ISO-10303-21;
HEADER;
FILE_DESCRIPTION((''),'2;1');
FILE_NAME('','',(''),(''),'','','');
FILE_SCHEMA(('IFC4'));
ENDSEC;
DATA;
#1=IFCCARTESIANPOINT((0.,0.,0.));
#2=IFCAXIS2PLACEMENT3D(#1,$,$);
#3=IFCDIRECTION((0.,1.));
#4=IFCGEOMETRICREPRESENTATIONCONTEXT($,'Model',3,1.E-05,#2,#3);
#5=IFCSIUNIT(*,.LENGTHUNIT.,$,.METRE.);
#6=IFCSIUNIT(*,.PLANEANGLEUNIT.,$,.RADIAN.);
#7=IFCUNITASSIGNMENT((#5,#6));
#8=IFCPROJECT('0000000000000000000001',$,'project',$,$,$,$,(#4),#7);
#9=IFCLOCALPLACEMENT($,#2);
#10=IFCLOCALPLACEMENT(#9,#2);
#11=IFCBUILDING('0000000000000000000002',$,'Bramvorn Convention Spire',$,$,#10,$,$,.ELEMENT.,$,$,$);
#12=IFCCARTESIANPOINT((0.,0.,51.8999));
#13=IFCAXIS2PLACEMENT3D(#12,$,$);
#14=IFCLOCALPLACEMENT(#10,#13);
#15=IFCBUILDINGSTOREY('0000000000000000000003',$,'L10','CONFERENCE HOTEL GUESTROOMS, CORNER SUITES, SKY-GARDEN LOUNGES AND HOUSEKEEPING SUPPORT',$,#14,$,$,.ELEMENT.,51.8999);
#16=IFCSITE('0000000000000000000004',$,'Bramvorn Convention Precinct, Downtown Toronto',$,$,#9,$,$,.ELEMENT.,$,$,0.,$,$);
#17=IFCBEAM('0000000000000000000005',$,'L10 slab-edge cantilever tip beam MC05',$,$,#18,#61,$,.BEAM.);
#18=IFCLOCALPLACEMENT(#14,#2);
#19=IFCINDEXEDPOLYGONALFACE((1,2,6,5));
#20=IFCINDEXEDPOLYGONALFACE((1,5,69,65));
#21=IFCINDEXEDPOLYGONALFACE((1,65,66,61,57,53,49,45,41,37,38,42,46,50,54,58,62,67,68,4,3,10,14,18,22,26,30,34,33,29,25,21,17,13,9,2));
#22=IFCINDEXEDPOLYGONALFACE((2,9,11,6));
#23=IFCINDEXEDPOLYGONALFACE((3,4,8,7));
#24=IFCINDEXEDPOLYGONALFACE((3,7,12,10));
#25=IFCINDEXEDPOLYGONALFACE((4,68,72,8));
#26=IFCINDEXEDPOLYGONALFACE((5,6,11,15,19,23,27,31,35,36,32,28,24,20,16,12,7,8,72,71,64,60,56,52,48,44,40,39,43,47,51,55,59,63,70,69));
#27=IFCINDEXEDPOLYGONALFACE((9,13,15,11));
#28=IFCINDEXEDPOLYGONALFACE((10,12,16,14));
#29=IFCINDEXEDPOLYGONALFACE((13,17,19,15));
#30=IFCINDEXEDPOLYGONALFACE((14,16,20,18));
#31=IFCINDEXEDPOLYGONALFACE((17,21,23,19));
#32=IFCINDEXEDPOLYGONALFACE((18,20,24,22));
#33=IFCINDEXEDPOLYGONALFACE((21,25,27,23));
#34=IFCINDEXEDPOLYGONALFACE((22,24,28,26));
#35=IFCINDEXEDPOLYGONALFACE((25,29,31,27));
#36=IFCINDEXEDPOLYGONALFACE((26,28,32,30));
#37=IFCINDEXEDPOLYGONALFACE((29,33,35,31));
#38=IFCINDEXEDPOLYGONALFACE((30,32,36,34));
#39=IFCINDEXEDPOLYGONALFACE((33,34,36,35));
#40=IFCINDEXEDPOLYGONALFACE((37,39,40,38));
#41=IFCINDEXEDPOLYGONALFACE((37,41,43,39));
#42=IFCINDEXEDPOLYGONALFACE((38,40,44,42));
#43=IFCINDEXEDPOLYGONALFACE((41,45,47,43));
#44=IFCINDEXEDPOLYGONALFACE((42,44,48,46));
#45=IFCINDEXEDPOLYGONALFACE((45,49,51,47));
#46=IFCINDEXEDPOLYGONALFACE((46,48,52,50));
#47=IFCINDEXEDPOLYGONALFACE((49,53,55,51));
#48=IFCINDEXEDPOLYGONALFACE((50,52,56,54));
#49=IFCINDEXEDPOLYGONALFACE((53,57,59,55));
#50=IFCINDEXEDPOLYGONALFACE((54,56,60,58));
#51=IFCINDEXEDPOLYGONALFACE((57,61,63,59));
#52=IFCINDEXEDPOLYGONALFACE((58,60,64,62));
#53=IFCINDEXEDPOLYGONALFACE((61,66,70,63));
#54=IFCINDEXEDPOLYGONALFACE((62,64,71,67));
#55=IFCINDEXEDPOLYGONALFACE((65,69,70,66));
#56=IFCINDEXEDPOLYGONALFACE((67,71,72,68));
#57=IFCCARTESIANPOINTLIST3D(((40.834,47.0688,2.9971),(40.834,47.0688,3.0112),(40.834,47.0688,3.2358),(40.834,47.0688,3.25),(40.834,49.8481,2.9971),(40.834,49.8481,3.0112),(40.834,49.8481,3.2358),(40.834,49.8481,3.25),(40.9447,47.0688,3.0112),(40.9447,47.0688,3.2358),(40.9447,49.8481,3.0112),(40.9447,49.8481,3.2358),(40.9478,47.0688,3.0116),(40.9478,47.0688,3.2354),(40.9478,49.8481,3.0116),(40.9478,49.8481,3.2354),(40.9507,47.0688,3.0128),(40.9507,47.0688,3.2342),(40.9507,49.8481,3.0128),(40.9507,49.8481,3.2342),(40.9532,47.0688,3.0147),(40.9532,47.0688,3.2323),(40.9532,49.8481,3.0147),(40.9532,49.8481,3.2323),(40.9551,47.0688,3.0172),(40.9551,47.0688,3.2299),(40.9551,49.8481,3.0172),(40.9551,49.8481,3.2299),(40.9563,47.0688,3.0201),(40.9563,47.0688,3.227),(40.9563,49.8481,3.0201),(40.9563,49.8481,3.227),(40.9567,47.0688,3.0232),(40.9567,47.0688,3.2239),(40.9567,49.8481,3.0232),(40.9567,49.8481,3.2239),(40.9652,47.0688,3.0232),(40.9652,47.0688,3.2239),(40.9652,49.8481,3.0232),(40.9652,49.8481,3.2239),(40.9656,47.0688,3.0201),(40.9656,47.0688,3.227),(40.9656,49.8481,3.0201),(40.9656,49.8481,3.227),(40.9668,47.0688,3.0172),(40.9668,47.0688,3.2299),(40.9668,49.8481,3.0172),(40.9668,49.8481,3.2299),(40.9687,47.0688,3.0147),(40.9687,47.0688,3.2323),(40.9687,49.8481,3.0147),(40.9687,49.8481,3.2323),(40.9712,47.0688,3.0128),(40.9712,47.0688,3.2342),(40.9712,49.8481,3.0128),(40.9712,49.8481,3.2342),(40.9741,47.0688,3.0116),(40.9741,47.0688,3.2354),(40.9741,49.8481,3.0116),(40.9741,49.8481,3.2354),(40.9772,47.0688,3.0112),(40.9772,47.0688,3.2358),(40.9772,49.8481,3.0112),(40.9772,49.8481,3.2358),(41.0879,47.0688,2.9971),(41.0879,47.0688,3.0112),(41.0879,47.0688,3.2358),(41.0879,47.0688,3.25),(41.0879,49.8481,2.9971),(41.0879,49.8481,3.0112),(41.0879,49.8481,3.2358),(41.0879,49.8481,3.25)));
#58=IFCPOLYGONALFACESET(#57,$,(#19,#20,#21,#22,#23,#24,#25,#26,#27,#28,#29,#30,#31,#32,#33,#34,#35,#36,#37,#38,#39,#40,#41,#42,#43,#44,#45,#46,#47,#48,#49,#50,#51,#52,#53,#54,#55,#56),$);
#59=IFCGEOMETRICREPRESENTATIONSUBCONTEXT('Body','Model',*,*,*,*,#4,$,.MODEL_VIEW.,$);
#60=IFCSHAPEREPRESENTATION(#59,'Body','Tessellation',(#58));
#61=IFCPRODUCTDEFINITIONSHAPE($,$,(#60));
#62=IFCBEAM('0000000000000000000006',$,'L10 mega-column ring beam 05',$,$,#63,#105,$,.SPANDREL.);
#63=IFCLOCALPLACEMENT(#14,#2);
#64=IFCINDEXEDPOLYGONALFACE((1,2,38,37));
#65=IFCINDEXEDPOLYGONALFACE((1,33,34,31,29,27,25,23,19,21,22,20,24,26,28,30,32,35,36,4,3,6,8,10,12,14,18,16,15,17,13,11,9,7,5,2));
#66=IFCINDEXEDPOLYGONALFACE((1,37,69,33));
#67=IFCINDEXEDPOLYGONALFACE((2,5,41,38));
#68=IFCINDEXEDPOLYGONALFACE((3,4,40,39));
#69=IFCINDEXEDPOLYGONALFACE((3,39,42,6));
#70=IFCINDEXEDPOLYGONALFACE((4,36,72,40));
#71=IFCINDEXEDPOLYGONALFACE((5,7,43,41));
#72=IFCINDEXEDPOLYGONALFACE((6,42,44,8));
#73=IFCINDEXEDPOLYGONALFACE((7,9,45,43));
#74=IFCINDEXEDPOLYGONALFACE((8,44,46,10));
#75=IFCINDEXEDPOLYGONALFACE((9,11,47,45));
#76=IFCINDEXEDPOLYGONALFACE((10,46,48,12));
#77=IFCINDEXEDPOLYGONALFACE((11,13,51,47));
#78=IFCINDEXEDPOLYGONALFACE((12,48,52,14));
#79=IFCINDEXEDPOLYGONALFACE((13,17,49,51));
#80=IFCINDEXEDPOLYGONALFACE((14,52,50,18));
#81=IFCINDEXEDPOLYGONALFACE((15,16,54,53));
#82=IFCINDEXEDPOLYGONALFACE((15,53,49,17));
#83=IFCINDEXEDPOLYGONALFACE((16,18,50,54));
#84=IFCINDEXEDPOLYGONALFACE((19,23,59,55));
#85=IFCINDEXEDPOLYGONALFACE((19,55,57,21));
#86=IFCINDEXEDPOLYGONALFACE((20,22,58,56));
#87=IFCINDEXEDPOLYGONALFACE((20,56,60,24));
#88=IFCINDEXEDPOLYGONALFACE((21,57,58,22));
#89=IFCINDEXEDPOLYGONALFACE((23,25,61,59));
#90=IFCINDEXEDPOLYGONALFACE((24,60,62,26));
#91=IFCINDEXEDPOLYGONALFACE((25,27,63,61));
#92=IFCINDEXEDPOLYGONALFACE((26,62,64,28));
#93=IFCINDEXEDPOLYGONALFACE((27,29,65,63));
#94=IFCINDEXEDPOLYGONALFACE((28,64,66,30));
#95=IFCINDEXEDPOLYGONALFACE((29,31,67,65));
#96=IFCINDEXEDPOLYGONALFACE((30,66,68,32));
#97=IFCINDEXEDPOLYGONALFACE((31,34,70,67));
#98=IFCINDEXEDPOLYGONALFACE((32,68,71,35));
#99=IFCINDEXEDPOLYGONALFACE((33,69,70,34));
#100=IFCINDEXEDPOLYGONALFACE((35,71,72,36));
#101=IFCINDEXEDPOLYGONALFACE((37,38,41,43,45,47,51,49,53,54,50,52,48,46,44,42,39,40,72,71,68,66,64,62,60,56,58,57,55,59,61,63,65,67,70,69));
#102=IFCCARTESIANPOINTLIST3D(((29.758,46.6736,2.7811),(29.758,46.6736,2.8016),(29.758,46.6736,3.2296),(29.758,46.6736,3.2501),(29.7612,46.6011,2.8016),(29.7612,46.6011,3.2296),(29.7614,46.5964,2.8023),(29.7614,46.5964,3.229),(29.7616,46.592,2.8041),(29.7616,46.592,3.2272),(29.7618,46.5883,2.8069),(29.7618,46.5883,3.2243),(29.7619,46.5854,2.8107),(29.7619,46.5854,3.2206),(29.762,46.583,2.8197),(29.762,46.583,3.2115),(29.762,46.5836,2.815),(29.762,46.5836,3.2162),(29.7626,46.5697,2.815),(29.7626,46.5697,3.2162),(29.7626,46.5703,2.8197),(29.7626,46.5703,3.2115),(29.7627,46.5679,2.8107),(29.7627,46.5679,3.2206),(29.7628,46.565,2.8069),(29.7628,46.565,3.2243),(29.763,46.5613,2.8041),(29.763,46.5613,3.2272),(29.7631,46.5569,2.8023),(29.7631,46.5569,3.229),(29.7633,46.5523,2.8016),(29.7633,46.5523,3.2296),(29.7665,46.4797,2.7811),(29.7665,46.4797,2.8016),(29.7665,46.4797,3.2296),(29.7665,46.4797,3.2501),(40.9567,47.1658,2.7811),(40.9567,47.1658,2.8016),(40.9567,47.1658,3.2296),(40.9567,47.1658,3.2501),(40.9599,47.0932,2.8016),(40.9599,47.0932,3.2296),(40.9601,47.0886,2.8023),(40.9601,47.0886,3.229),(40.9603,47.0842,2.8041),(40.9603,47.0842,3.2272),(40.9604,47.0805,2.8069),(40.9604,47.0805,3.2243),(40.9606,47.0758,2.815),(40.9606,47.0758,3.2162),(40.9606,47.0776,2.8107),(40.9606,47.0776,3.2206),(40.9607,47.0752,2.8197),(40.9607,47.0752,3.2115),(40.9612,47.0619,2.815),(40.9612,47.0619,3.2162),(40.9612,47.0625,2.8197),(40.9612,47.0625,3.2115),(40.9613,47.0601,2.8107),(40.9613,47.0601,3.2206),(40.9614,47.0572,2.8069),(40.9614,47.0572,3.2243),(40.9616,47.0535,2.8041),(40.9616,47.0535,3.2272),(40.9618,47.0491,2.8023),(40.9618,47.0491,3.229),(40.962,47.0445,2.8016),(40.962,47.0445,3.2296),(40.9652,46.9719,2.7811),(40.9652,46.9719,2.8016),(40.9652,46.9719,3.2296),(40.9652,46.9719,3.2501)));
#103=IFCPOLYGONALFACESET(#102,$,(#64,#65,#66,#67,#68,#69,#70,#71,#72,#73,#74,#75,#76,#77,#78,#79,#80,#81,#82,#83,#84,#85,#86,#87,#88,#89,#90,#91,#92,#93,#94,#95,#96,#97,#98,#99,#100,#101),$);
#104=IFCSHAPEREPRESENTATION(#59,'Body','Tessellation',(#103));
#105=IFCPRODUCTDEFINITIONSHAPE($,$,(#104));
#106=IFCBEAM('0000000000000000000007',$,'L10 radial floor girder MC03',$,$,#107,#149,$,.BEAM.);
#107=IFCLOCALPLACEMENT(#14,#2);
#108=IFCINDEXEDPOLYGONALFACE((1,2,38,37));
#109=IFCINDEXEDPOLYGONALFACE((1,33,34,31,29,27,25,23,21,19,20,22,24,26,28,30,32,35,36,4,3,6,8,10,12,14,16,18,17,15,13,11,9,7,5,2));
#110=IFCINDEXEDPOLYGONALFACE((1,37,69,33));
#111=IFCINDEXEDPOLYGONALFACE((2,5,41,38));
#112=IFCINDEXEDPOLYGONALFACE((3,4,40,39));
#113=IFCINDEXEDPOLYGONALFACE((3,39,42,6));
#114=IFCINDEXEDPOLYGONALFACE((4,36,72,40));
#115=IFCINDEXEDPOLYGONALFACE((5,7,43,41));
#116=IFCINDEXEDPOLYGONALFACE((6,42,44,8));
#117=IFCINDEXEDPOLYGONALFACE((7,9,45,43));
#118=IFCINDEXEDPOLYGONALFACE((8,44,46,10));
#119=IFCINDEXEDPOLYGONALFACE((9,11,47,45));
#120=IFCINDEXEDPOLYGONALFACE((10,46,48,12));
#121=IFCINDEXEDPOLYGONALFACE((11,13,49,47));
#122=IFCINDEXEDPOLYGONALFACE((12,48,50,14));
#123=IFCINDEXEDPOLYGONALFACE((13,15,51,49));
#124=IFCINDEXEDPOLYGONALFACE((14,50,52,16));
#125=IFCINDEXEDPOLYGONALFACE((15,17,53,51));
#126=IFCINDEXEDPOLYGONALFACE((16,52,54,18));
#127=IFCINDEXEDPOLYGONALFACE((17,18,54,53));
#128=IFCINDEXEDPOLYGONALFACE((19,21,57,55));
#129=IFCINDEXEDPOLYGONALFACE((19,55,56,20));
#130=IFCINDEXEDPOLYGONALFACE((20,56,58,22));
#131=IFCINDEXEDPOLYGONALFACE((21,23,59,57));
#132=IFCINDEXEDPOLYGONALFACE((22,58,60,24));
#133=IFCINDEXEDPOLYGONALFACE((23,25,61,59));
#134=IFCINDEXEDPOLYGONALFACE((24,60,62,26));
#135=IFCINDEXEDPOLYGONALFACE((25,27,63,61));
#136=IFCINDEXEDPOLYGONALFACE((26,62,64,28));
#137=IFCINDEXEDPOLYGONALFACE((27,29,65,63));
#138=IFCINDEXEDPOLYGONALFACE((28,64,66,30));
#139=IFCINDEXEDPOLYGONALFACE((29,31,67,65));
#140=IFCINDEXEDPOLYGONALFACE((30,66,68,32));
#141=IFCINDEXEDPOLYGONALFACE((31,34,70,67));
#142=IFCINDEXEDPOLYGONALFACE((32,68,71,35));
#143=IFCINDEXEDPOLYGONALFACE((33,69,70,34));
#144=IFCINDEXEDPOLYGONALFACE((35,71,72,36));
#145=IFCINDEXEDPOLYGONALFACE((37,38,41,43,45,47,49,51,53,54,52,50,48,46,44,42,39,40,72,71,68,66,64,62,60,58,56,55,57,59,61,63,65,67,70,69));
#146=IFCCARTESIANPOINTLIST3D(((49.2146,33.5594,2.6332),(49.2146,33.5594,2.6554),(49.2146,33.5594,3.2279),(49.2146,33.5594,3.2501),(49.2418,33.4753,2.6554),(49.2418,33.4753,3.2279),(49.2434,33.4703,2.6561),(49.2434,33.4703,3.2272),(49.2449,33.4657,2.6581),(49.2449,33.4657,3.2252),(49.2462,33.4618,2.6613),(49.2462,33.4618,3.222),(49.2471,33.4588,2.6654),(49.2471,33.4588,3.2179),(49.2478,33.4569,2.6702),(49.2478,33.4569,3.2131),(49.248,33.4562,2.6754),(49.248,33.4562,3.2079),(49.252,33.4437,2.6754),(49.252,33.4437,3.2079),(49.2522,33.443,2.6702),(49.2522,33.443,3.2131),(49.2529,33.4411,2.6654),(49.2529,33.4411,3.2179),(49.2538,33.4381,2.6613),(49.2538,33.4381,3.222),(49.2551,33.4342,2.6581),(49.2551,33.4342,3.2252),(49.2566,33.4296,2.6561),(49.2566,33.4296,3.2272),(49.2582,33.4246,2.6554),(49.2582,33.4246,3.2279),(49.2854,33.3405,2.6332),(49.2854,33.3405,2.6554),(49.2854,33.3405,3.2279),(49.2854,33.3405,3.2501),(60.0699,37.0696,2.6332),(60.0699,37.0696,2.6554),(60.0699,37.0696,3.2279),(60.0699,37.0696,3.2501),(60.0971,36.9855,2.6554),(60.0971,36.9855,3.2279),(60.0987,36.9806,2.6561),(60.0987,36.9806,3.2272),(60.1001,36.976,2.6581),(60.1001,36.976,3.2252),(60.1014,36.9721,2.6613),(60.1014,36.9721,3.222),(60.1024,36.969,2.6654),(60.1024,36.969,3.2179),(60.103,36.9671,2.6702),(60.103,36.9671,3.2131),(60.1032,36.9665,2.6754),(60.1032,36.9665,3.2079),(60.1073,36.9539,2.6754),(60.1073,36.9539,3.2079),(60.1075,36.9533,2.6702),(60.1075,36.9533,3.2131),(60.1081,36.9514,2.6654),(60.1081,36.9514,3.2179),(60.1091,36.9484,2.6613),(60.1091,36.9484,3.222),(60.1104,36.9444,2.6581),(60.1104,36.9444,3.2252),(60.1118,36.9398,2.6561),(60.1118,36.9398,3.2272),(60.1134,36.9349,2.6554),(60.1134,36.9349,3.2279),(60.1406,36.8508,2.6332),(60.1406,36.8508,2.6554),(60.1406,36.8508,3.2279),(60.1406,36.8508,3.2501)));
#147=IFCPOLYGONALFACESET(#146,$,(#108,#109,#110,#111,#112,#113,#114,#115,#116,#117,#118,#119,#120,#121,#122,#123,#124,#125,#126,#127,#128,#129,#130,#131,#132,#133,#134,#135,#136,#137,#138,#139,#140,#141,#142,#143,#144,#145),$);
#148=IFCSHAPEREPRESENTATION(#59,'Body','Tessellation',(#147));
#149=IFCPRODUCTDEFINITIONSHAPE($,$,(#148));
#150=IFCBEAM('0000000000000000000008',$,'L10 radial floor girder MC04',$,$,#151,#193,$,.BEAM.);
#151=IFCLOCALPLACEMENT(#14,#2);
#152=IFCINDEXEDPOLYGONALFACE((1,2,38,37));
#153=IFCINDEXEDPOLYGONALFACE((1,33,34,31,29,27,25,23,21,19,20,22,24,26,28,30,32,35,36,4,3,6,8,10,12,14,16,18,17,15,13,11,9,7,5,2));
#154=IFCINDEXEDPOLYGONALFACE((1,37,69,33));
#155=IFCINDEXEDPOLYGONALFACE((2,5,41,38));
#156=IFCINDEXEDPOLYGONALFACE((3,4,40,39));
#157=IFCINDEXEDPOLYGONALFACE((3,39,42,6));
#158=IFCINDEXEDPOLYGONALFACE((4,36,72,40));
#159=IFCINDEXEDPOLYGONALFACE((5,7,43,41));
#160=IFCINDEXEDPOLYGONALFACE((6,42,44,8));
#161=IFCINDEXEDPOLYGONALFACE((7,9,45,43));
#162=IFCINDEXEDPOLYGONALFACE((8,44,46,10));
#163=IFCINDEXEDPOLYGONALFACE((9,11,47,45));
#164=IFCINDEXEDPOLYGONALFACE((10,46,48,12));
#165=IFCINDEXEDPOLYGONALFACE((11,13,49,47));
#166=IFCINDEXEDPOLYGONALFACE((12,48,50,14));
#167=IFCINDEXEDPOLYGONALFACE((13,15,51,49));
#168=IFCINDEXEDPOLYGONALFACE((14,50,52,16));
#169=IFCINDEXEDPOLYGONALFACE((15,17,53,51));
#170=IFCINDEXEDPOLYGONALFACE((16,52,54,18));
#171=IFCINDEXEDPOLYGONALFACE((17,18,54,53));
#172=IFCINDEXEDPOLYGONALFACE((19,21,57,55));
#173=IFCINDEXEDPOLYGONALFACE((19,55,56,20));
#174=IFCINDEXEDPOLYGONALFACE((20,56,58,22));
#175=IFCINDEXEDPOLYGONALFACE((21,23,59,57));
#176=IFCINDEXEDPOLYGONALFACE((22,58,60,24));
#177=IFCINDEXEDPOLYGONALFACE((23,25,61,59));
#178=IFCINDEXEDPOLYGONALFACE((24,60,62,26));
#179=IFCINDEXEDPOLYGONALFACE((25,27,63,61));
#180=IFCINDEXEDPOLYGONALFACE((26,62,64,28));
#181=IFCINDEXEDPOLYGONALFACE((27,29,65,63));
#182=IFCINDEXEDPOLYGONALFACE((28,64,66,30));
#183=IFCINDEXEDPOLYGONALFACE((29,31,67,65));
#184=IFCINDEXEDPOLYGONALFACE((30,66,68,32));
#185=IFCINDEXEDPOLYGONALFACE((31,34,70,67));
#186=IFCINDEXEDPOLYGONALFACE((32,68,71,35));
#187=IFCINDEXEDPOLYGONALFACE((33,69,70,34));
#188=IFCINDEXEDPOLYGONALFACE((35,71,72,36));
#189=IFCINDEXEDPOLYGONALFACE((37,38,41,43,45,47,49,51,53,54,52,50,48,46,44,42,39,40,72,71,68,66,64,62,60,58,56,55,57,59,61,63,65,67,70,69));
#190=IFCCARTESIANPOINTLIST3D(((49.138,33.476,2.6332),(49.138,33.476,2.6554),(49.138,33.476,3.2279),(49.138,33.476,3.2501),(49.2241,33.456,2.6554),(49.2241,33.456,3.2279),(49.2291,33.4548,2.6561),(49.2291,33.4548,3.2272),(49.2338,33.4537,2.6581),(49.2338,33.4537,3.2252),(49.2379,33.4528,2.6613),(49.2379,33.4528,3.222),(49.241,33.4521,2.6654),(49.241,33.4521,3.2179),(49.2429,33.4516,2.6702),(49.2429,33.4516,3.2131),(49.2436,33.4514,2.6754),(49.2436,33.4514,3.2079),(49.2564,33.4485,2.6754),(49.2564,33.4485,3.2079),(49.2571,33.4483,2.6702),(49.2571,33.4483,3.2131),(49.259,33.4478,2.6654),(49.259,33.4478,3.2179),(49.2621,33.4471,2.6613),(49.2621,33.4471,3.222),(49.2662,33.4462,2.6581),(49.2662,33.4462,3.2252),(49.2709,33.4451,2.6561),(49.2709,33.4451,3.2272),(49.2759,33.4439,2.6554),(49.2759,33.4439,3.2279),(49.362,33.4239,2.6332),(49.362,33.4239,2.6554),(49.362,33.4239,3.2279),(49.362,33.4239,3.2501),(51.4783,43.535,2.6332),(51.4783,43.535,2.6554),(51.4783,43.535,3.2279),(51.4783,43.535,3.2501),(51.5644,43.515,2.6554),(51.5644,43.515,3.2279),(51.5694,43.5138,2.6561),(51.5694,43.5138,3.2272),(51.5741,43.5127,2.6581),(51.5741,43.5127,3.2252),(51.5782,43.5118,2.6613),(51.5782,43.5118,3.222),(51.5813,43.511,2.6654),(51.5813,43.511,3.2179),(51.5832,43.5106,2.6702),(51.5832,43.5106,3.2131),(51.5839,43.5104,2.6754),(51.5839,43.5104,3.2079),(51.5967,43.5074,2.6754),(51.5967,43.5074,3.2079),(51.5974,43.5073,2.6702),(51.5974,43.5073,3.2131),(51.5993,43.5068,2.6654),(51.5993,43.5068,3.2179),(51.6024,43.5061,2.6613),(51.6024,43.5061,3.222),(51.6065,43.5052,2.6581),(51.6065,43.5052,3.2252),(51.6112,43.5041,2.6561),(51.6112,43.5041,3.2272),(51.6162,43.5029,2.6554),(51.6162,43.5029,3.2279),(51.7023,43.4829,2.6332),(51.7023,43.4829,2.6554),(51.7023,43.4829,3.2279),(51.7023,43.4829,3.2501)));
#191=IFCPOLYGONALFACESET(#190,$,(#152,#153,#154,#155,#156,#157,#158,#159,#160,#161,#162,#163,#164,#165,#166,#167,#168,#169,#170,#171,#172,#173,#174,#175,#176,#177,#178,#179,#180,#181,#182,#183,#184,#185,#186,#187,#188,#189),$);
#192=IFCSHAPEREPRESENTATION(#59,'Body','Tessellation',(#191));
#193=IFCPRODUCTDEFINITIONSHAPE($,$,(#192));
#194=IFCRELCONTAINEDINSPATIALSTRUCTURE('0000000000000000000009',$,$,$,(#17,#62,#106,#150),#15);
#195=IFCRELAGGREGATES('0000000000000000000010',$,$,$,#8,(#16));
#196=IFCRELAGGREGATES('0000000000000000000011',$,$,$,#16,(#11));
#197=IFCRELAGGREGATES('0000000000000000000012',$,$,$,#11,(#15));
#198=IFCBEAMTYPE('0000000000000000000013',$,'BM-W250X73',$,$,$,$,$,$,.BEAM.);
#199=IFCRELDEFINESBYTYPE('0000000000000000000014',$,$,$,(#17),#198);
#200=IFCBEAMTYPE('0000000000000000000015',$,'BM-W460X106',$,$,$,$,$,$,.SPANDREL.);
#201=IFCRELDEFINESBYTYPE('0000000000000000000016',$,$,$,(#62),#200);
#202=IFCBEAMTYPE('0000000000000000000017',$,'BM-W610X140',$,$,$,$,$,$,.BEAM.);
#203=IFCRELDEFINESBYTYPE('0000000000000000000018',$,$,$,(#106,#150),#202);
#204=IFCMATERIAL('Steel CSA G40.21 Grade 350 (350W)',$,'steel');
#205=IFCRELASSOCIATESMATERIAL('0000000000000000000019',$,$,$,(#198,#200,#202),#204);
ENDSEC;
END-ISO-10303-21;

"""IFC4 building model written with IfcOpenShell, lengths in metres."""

from ifc_helpers import new_model, si_unit, direction, frame, origin, origin_2d, place, context, subcontext, project, spatial, i_section, extrude, material, material_profile, profile_set, type_object, element, save


model = new_model("IFC4")

# Units and contexts
model_context = context("Model", 3, precision=1e-05, world=origin(), true_north=direction((0.0, 1.0)))
body_context = subcontext(model_context, "Body", "Model", "MODEL_VIEW")
ifc_project = project(units=[si_unit("LENGTHUNIT", "METRE"), si_unit("PLANEANGLEUNIT", "RADIAN")], contexts=[model_context])

# Site, building, storey
site_placement = place(None, origin())
site = spatial("IfcSite", under=ifc_project, at=site_placement, Name="Bramvorn Convention Precinct, Downtown Toronto", CompositionType="ELEMENT", RefElevation=0.0)
building_placement = place(site_placement, origin())
building = spatial("IfcBuilding", under=site, at=building_placement, Name="Bramvorn Convention Spire", CompositionType="ELEMENT")
storey_placement = place(building_placement, frame((0.0, 0.0, 51.8999)))
storey = spatial("IfcBuildingStorey", under=building, at=storey_placement, Name="L10", Description="CONFERENCE HOTEL GUESTROOMS, CORNER SUITES, SKY-GARDEN LOUNGES AND HOUSEKEEPING SUPPORT", CompositionType="ELEMENT", Elevation=51.8999)

# Shared definitions
ifc_material_1 = material(Name="Steel CSA G40.21 Grade 350 (350W)", Category="steel")

# Beams
ifc_material_profile_1 = material_profile(ifc_material_1, i_section(OverallWidth=0.2539, OverallDepth=0.2529, WebThickness=0.0085, FlangeThickness=0.0142, FilletRadius=0.012, at=origin_2d()))
ifc_profile_set_1 = profile_set([ifc_material_profile_1], Name="Steel CSA G40.21 Grade 350 (350W) - W250X73")
beam_type_1 = type_object("IfcBeamType", Name="BM-W250X73", PredefinedType="BEAM", material=ifc_profile_set_1)
beam_1_placement = place(storey_placement, frame((40.9609, 47.0688, 3.1235), z_axis=(0.0, 1.0, 0.0), x_axis=(-1.0, 0.0, 0.0)))
element("IfcBeam", 1, at=beam_1_placement, inside=storey, type_object=beam_type_1, Name="L10 slab-edge cantilever tip beam MC05", PredefinedType="BEAM", context=body_context, shape_type="SweptSolid", body=[
    extrude(i_section(OverallWidth=0.2539, OverallDepth=0.2529, WebThickness=0.0085, FlangeThickness=0.0142, FilletRadius=0.012, at=origin_2d()), origin(), (0.0, 0.0, 1.0), 2.7793),
])
ifc_material_profile_2 = material_profile(ifc_material_1, i_section(OverallWidth=0.1941, OverallDepth=0.469, WebThickness=0.0127, FlangeThickness=0.0205, FilletRadius=0.0181, at=origin_2d()))
ifc_profile_set_2 = profile_set([ifc_material_profile_2], Name="Steel CSA G40.21 Grade 350 (350W) - W460X106")
beam_type_2 = type_object("IfcBeamType", Name="BM-W460X106", PredefinedType="SPANDREL", material=ifc_profile_set_2)
beam_2_placement = place(storey_placement, frame((40.9609, 47.0688, 3.0156), z_axis=(-0.999036, -0.043908, 0.0), x_axis=(0.043908, -0.999036, 0.0)))
element("IfcBeam", 2, at=beam_2_placement, inside=storey, type_object=beam_type_2, Name="L10 mega-column ring beam 05", PredefinedType="SPANDREL", context=body_context, shape_type="SweptSolid", body=[
    extrude(i_section(OverallWidth=0.1941, OverallDepth=0.469, WebThickness=0.0127, FlangeThickness=0.0205, FilletRadius=0.0181, at=origin_2d()), origin(), (0.0, 0.0, 1.0), 11.2095),
])
ifc_material_profile_3 = material_profile(ifc_material_1, i_section(OverallWidth=0.23, OverallDepth=0.6169, WebThickness=0.0132, FlangeThickness=0.0222, FilletRadius=0.02, at=origin_2d()))
ifc_profile_set_3 = profile_set([ifc_material_profile_3], Name="Steel CSA G40.21 Grade 350 (350W) - W610X140")
beam_type_3 = type_object("IfcBeamType", Name="BM-W610X140", PredefinedType="BEAM", material=ifc_profile_set_3)
beam_3_placement = place(storey_placement, frame((49.25, 33.45, 2.9417), z_axis=(0.951489, 0.307683, 0.0), x_axis=(-0.307683, 0.951489, 0.0)))
element("IfcBeam", 3, at=beam_3_placement, inside=storey, type_object=beam_type_3, Name="L10 radial floor girder MC03", PredefinedType="BEAM", context=body_context, shape_type="SweptSolid", body=[
    extrude(i_section(OverallWidth=0.23, OverallDepth=0.6169, WebThickness=0.0132, FlangeThickness=0.0222, FilletRadius=0.02, at=origin_2d()), origin(), (0.0, 0.0, 1.0), 11.4087),
])
beam_4_placement = place(storey_placement, frame((49.25, 33.45, 2.9417), z_axis=(0.226606, 0.973986, 0.0), x_axis=(-0.973986, 0.226606, 0.0)))
element("IfcBeam", 4, at=beam_4_placement, inside=storey, type_object=beam_type_3, Name="L10 radial floor girder MC04", PredefinedType="BEAM", context=body_context, shape_type="SweptSolid", body=[
    extrude(i_section(OverallWidth=0.23, OverallDepth=0.6169, WebThickness=0.0132, FlangeThickness=0.0222, FilletRadius=0.02, at=origin_2d()), origin(), (0.0, 0.0, 1.0), 10.3276),
])

save(model, "model.ifc")
